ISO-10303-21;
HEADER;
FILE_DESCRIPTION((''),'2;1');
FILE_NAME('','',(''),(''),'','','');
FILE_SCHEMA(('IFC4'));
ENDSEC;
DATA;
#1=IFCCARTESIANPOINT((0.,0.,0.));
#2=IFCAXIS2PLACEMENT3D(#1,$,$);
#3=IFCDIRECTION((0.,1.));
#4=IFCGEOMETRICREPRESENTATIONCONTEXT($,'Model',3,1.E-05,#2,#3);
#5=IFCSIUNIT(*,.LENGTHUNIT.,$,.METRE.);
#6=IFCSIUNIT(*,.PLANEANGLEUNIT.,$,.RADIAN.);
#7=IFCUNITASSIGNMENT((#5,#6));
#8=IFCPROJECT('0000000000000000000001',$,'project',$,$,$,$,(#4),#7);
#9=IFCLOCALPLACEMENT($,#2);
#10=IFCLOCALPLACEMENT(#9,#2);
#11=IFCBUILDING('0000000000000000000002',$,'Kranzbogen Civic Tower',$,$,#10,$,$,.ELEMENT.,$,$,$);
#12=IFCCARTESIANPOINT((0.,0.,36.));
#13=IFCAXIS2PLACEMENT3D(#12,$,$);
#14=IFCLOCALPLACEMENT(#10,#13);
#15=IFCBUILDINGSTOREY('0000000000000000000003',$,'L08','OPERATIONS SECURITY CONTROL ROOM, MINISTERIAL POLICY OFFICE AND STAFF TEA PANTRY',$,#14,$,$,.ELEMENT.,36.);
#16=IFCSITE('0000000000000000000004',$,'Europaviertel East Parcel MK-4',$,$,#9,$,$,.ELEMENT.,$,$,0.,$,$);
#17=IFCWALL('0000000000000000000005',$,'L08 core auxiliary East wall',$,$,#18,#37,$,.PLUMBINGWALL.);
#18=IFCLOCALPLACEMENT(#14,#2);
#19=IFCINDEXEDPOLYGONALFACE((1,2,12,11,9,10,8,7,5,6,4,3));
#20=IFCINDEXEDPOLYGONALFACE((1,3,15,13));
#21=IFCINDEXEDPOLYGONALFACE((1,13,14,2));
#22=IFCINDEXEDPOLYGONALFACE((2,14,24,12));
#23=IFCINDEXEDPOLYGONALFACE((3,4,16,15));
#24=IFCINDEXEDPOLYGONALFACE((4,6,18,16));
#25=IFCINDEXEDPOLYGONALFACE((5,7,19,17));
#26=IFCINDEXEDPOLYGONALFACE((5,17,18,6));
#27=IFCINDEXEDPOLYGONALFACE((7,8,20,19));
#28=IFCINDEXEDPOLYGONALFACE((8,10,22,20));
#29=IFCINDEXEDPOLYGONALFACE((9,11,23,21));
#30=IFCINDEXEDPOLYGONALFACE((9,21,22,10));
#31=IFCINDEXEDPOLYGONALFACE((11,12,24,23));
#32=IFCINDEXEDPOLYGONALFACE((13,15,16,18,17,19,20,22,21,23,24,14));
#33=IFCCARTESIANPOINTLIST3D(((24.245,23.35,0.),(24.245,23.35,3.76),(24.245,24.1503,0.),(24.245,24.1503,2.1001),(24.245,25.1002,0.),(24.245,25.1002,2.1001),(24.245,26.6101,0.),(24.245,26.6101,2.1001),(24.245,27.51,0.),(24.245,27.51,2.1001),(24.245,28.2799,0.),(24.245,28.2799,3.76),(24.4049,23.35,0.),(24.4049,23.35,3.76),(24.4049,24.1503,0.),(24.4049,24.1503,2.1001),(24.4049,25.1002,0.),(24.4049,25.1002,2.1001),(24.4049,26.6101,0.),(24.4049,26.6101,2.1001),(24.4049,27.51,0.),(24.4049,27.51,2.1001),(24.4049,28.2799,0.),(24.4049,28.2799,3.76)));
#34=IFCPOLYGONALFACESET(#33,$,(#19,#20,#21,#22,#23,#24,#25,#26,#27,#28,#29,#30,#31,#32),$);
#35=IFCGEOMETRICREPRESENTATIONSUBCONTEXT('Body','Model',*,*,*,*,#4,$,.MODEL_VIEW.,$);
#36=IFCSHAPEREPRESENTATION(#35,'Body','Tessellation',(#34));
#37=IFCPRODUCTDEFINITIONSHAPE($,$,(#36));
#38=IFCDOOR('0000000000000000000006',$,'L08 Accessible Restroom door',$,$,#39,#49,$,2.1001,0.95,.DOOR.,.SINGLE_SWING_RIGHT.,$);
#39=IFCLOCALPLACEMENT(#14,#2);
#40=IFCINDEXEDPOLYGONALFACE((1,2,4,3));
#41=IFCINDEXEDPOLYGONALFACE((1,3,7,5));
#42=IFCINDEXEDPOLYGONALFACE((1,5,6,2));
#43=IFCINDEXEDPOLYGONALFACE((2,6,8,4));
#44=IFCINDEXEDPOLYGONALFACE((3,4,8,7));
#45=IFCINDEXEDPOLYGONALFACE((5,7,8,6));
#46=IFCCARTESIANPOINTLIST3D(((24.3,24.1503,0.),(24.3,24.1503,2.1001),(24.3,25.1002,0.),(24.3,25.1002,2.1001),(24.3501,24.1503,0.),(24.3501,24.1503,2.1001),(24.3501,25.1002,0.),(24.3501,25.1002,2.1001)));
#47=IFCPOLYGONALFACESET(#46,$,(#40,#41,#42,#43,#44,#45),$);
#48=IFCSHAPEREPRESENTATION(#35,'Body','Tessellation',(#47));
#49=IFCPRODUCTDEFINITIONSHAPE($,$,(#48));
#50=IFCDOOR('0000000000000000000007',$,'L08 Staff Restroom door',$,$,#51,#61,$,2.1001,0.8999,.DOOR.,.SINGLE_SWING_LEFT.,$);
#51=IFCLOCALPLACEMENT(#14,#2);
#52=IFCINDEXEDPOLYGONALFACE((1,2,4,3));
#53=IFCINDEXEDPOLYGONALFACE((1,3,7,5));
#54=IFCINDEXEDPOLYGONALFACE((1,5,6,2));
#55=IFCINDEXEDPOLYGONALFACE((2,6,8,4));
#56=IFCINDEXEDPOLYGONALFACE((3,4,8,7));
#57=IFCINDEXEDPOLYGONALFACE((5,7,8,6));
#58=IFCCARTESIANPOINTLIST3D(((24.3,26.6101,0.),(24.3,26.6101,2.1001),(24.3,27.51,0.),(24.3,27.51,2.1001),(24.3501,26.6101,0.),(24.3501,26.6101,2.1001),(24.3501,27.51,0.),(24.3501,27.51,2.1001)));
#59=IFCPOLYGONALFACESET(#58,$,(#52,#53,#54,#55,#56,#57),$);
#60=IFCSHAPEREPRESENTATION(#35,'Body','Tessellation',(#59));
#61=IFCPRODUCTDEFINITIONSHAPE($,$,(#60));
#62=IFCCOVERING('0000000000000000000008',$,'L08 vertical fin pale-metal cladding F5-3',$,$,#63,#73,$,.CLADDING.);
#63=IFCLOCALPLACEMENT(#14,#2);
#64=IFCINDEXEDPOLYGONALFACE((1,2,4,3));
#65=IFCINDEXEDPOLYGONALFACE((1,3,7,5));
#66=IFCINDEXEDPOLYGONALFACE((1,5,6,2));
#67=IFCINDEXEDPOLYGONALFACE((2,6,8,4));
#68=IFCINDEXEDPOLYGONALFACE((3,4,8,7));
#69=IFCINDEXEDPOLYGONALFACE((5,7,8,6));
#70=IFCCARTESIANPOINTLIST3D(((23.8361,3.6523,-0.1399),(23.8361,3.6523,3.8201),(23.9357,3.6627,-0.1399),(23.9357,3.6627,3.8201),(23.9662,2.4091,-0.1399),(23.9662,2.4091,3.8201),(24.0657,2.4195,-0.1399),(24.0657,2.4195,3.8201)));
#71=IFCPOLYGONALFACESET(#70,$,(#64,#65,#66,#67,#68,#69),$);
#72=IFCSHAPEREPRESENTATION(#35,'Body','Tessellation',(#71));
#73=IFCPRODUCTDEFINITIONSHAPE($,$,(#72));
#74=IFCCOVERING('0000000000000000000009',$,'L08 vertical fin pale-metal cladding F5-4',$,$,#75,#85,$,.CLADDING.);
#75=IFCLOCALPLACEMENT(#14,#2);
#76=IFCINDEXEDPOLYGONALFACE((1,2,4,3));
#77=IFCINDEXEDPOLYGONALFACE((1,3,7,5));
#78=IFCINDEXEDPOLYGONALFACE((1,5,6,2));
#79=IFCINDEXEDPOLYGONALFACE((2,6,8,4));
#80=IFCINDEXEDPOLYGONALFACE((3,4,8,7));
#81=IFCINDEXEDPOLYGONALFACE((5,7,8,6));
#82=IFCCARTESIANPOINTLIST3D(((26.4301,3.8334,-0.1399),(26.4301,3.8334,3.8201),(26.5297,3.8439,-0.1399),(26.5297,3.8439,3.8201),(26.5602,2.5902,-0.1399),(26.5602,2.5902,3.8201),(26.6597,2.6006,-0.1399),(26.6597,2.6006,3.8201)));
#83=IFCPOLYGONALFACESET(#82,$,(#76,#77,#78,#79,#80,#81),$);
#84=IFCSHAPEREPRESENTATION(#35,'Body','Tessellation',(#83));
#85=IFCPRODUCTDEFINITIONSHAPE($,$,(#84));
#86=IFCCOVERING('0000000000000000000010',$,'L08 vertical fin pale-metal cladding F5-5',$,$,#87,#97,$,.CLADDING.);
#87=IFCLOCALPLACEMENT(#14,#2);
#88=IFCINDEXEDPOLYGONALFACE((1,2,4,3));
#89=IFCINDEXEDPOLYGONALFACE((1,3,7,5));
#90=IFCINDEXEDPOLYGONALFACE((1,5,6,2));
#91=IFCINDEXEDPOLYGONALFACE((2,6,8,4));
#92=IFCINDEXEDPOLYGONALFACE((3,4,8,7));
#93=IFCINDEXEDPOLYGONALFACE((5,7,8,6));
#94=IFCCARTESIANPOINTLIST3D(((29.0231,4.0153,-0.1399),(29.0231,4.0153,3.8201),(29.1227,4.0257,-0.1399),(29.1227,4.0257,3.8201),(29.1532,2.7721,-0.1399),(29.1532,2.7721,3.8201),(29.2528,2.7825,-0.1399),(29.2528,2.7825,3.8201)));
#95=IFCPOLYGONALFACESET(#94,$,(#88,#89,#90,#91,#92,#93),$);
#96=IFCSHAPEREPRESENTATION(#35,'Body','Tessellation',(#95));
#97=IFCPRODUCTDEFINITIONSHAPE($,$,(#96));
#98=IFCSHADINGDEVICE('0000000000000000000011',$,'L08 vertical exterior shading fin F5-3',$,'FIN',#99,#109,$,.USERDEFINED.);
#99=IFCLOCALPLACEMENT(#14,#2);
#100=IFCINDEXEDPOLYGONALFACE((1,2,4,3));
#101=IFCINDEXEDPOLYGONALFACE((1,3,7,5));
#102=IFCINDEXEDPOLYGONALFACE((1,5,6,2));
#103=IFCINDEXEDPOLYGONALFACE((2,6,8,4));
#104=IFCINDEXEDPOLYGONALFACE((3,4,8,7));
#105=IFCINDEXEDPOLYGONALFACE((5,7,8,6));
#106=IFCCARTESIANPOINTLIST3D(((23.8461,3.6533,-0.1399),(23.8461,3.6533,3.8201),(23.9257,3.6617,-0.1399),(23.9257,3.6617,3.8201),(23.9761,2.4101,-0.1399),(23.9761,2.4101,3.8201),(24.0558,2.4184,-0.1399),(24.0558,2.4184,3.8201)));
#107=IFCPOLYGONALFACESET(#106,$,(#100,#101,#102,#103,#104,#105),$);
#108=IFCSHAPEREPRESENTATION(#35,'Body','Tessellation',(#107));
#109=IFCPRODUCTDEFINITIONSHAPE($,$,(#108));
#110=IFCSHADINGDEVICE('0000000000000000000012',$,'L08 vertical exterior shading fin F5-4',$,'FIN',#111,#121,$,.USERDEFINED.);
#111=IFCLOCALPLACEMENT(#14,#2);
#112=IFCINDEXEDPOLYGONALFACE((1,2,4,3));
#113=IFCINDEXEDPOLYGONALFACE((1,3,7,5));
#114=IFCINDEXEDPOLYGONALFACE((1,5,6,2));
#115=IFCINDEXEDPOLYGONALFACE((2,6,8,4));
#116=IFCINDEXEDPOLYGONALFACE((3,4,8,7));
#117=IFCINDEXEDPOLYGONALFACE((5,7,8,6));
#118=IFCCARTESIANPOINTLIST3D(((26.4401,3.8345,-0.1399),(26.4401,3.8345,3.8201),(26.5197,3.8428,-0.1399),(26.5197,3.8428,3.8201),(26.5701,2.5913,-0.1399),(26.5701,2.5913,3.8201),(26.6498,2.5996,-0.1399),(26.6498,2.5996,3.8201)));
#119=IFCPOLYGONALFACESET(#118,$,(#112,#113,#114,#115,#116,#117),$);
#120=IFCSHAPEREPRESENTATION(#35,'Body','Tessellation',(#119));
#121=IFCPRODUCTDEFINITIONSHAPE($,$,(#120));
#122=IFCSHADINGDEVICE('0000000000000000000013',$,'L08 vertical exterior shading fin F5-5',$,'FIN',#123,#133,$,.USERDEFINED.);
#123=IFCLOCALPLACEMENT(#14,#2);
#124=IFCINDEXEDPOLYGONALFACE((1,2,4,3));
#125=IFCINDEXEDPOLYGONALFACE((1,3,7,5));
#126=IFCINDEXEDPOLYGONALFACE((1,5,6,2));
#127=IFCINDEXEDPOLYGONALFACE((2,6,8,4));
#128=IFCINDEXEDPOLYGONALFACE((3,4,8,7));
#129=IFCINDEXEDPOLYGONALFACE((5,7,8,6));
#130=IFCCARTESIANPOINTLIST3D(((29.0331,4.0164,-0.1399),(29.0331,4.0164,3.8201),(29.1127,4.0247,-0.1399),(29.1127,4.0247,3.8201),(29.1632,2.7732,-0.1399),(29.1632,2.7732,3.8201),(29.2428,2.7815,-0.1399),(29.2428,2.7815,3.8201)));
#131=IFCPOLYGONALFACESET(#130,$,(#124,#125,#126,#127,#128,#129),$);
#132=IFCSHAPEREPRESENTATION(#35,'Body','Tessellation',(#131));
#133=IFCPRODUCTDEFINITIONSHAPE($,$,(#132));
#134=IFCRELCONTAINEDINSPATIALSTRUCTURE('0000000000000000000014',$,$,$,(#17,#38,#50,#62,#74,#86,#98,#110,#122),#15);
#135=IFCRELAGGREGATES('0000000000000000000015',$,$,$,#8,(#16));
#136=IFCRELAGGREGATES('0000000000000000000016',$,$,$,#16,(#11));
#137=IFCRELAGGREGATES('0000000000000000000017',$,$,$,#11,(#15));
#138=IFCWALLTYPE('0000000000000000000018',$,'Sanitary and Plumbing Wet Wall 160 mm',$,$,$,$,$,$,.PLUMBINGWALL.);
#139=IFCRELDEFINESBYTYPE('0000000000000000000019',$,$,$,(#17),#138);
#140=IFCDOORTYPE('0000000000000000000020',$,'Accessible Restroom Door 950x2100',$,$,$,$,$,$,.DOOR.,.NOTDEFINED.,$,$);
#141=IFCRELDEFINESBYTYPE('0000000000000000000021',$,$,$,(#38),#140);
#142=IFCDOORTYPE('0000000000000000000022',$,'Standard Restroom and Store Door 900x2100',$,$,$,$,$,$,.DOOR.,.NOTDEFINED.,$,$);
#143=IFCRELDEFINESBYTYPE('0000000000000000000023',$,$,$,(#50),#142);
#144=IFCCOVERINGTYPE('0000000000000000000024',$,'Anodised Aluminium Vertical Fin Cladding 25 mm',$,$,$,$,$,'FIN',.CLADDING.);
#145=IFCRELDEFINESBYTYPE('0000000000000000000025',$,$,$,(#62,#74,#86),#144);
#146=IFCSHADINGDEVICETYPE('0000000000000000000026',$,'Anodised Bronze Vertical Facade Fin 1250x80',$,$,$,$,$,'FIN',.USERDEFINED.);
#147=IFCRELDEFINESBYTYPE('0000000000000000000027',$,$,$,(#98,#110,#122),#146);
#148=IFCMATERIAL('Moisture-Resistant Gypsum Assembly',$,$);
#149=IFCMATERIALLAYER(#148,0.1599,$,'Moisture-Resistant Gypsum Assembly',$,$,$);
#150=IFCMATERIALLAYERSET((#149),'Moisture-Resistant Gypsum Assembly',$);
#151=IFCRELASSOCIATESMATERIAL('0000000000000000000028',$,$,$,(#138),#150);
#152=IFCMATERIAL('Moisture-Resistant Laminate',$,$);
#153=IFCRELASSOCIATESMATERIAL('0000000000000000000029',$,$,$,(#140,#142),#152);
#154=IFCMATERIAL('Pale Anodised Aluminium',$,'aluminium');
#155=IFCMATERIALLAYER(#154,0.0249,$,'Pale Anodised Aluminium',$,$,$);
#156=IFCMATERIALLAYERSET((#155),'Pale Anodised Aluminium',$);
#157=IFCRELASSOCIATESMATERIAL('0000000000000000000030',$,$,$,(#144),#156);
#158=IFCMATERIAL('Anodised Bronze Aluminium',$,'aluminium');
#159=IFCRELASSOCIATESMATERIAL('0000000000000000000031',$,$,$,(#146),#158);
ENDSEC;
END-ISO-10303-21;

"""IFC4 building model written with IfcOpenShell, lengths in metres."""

from ifc_helpers import new_model, si_unit, direction, frame, frame_2d, origin, origin_2d, place, context, subcontext, project, spatial, rectangle, extrude, material, layer, layer_set, type_object, element, fill, save


model = new_model("IFC4")

# Units and contexts
model_context = context("Model", 3, precision=1e-05, world=origin(), true_north=direction((0.0, 1.0)))
body_context = subcontext(model_context, "Body", "Model", "MODEL_VIEW")
ifc_project = project(units=[si_unit("LENGTHUNIT", "METRE"), si_unit("PLANEANGLEUNIT", "RADIAN")], contexts=[model_context])

# Site, building, storey
site_placement = place(None, origin())
site = spatial("IfcSite", under=ifc_project, at=site_placement, Name="Europaviertel East Parcel MK-4", CompositionType="ELEMENT", RefElevation=0.0)
building_placement = place(site_placement, origin())
building = spatial("IfcBuilding", under=site, at=building_placement, Name="Kranzbogen Civic Tower", CompositionType="ELEMENT")
storey_placement = place(building_placement, frame((0.0, 0.0, 36.0)))
storey = spatial("IfcBuildingStorey", under=building, at=storey_placement, Name="L08", Description="OPERATIONS SECURITY CONTROL ROOM, MINISTERIAL POLICY OFFICE AND STAFF TEA PANTRY", CompositionType="ELEMENT", Elevation=36.0)

# Shared definitions
ifc_material_1 = material(Name="Pale Anodised Aluminium", Category="aluminium")

# Wall, openings, doors
ifc_material_2 = material(Name="Moisture-Resistant Gypsum Assembly")
ifc_layer_1 = layer(ifc_material_2, 0.1599, Name="Moisture-Resistant Gypsum Assembly")
ifc_layer_set_1 = layer_set([ifc_layer_1], Name="Moisture-Resistant Gypsum Assembly")
wall_type_1 = type_object("IfcWallType", Name="Sanitary and Plumbing Wet Wall 160 mm", PredefinedType="PLUMBINGWALL", material=ifc_layer_set_1)
wall_1_placement = place(storey_placement, frame((24.325, 23.3501, 0.0), z_axis=(0.0, 0.0, 1.0), x_axis=(0.0, 1.0, 0.0)))
wall_1 = element("IfcWall", 1, at=wall_1_placement, inside=storey, type_object=wall_type_1, Name="L08 core auxiliary East wall", PredefinedType="PLUMBINGWALL", context=body_context, shape_type="SweptSolid", body=[
    extrude(rectangle(XDim=4.9299, YDim=0.1599, at=frame_2d((2.4648, 0.0))), origin(), (0.0, 0.0, 1.0), 3.76),
])
opening_1_placement = place(wall_1_placement, frame((0.8, 0.0, 0.0)))
opening_1 = element("IfcOpeningElement", 2, at=opening_1_placement, cuts=wall_1, PredefinedType="OPENING", context=body_context, shape_type="SweptSolid", body=[
    extrude(rectangle(XDim=0.95, YDim=2.1001, at=frame_2d((0.4751, 1.05))), frame((0.0, 0.0898, 0.0), z_axis=(0.0, -1.0, 0.0), x_axis=(1.0, 0.0, 0.0)), (0.0, 0.0, 1.0), 0.1799),
])
opening_2_placement = place(wall_1_placement, frame((3.26, 0.0, 0.0)))
opening_2 = element("IfcOpeningElement", 3, at=opening_2_placement, cuts=wall_1, PredefinedType="OPENING", context=body_context, shape_type="SweptSolid", body=[
    extrude(rectangle(XDim=0.8999, YDim=2.1001, at=frame_2d((0.45, 1.05))), frame((0.0, 0.0898, 0.0), z_axis=(0.0, -1.0, 0.0), x_axis=(1.0, 0.0, 0.0)), (0.0, 0.0, 1.0), 0.1799),
])
ifc_material_3 = material(Name="Moisture-Resistant Laminate")
door_type_1 = type_object("IfcDoorType", Name="Accessible Restroom Door 950x2100", OperationType="NOTDEFINED", PredefinedType="DOOR", material=ifc_material_3)
door_1_placement = place(opening_1_placement, origin())
door_1 = element("IfcDoor", 4, at=door_1_placement, inside=storey, type_object=door_type_1, Name="L08 Accessible Restroom door", OperationType="SINGLE_SWING_RIGHT", OverallHeight=2.1001, OverallWidth=0.95, PredefinedType="DOOR", context=body_context, shape_type="SweptSolid", body=[
    extrude(rectangle(XDim=0.95, YDim=2.1001, at=frame_2d((0.4751, 1.05))), frame((0.0, 0.0249, 0.0), z_axis=(0.0, -1.0, 0.0), x_axis=(1.0, 0.0, 0.0)), (0.0, 0.0, 1.0), 0.05),
])
fill(opening_1, door_1)
door_type_2 = type_object("IfcDoorType", Name="Standard Restroom and Store Door 900x2100", OperationType="NOTDEFINED", PredefinedType="DOOR", material=ifc_material_3)
door_2_placement = place(opening_2_placement, origin())
door_2 = element("IfcDoor", 5, at=door_2_placement, inside=storey, type_object=door_type_2, Name="L08 Staff Restroom door", OperationType="SINGLE_SWING_LEFT", OverallHeight=2.1001, OverallWidth=0.8999, PredefinedType="DOOR", context=body_context, shape_type="SweptSolid", body=[
    extrude(rectangle(XDim=0.8999, YDim=2.1001, at=frame_2d((0.45, 1.05))), frame((0.0, 0.0249, 0.0), z_axis=(0.0, -1.0, 0.0), x_axis=(1.0, 0.0, 0.0)), (0.0, 0.0, 1.0), 0.05),
])
fill(opening_2, door_2)

# Coverings
ifc_layer_2 = layer(ifc_material_1, 0.0249, Name="Pale Anodised Aluminium")
ifc_layer_set_2 = layer_set([ifc_layer_2], Name="Pale Anodised Aluminium")
covering_type = type_object("IfcCoveringType", Name="Anodised Aluminium Vertical Fin Cladding 25 mm", ElementType="FIN", PredefinedType="CLADDING", material=ifc_layer_set_2)
for number, where, z_axis, x_axis, name in (
    (6, (23.9509, 3.0359, -0.1399), (0.0, 0.0, 1.0), (0.10406, -0.994571, 0.0), "L08 vertical fin pale-metal cladding F5-3"),
    (7, (26.5449, 3.217, -0.1399), (0.0, 0.0, 1.0), (0.10406, -0.994571, 0.0), "L08 vertical fin pale-metal cladding F5-4"),
    (8, (29.1379, 3.3989, -0.1399), (0.0, 0.0, 1.0), (0.10406, -0.994571, 0.0), "L08 vertical fin pale-metal cladding F5-5"),
):
    element("IfcCovering", number, at=place(storey_placement, frame(where, z_axis=z_axis, x_axis=x_axis)), inside=storey, type_object=covering_type, Name=name, PredefinedType="CLADDING", context=body_context, shape_type="SweptSolid", body=[
        extrude(rectangle(XDim=1.25, YDim=0.1001, at=origin_2d()), origin(), (0.0, 0.0, 1.0), 3.96),
    ])

# Shading devices
ifc_material_4 = material(Name="Anodised Bronze Aluminium", Category="aluminium")
shading_device_type = type_object("IfcShadingDeviceType", Name="Anodised Bronze Vertical Facade Fin 1250x80", ElementType="FIN", PredefinedType="USERDEFINED", material=ifc_material_4)
for number, where, z_axis, x_axis, name in (
    (9, (23.9509, 3.0359, -0.1399), (0.0, 0.0, 1.0), (0.10406, -0.994571, 0.0), "L08 vertical exterior shading fin F5-3"),
    (10, (26.5449, 3.217, -0.1399), (0.0, 0.0, 1.0), (0.10406, -0.994571, 0.0), "L08 vertical exterior shading fin F5-4"),
    (11, (29.1379, 3.3989, -0.1399), (0.0, 0.0, 1.0), (0.10406, -0.994571, 0.0), "L08 vertical exterior shading fin F5-5"),
):
    element("IfcShadingDevice", number, at=place(storey_placement, frame(where, z_axis=z_axis, x_axis=x_axis)), inside=storey, type_object=shading_device_type, Name=name, ObjectType="FIN", PredefinedType="USERDEFINED", context=body_context, shape_type="SweptSolid", body=[
        extrude(rectangle(XDim=1.25, YDim=0.0801, at=origin_2d()), origin(), (0.0, 0.0, 1.0), 3.96),
    ])

save(model, "model.ifc")
